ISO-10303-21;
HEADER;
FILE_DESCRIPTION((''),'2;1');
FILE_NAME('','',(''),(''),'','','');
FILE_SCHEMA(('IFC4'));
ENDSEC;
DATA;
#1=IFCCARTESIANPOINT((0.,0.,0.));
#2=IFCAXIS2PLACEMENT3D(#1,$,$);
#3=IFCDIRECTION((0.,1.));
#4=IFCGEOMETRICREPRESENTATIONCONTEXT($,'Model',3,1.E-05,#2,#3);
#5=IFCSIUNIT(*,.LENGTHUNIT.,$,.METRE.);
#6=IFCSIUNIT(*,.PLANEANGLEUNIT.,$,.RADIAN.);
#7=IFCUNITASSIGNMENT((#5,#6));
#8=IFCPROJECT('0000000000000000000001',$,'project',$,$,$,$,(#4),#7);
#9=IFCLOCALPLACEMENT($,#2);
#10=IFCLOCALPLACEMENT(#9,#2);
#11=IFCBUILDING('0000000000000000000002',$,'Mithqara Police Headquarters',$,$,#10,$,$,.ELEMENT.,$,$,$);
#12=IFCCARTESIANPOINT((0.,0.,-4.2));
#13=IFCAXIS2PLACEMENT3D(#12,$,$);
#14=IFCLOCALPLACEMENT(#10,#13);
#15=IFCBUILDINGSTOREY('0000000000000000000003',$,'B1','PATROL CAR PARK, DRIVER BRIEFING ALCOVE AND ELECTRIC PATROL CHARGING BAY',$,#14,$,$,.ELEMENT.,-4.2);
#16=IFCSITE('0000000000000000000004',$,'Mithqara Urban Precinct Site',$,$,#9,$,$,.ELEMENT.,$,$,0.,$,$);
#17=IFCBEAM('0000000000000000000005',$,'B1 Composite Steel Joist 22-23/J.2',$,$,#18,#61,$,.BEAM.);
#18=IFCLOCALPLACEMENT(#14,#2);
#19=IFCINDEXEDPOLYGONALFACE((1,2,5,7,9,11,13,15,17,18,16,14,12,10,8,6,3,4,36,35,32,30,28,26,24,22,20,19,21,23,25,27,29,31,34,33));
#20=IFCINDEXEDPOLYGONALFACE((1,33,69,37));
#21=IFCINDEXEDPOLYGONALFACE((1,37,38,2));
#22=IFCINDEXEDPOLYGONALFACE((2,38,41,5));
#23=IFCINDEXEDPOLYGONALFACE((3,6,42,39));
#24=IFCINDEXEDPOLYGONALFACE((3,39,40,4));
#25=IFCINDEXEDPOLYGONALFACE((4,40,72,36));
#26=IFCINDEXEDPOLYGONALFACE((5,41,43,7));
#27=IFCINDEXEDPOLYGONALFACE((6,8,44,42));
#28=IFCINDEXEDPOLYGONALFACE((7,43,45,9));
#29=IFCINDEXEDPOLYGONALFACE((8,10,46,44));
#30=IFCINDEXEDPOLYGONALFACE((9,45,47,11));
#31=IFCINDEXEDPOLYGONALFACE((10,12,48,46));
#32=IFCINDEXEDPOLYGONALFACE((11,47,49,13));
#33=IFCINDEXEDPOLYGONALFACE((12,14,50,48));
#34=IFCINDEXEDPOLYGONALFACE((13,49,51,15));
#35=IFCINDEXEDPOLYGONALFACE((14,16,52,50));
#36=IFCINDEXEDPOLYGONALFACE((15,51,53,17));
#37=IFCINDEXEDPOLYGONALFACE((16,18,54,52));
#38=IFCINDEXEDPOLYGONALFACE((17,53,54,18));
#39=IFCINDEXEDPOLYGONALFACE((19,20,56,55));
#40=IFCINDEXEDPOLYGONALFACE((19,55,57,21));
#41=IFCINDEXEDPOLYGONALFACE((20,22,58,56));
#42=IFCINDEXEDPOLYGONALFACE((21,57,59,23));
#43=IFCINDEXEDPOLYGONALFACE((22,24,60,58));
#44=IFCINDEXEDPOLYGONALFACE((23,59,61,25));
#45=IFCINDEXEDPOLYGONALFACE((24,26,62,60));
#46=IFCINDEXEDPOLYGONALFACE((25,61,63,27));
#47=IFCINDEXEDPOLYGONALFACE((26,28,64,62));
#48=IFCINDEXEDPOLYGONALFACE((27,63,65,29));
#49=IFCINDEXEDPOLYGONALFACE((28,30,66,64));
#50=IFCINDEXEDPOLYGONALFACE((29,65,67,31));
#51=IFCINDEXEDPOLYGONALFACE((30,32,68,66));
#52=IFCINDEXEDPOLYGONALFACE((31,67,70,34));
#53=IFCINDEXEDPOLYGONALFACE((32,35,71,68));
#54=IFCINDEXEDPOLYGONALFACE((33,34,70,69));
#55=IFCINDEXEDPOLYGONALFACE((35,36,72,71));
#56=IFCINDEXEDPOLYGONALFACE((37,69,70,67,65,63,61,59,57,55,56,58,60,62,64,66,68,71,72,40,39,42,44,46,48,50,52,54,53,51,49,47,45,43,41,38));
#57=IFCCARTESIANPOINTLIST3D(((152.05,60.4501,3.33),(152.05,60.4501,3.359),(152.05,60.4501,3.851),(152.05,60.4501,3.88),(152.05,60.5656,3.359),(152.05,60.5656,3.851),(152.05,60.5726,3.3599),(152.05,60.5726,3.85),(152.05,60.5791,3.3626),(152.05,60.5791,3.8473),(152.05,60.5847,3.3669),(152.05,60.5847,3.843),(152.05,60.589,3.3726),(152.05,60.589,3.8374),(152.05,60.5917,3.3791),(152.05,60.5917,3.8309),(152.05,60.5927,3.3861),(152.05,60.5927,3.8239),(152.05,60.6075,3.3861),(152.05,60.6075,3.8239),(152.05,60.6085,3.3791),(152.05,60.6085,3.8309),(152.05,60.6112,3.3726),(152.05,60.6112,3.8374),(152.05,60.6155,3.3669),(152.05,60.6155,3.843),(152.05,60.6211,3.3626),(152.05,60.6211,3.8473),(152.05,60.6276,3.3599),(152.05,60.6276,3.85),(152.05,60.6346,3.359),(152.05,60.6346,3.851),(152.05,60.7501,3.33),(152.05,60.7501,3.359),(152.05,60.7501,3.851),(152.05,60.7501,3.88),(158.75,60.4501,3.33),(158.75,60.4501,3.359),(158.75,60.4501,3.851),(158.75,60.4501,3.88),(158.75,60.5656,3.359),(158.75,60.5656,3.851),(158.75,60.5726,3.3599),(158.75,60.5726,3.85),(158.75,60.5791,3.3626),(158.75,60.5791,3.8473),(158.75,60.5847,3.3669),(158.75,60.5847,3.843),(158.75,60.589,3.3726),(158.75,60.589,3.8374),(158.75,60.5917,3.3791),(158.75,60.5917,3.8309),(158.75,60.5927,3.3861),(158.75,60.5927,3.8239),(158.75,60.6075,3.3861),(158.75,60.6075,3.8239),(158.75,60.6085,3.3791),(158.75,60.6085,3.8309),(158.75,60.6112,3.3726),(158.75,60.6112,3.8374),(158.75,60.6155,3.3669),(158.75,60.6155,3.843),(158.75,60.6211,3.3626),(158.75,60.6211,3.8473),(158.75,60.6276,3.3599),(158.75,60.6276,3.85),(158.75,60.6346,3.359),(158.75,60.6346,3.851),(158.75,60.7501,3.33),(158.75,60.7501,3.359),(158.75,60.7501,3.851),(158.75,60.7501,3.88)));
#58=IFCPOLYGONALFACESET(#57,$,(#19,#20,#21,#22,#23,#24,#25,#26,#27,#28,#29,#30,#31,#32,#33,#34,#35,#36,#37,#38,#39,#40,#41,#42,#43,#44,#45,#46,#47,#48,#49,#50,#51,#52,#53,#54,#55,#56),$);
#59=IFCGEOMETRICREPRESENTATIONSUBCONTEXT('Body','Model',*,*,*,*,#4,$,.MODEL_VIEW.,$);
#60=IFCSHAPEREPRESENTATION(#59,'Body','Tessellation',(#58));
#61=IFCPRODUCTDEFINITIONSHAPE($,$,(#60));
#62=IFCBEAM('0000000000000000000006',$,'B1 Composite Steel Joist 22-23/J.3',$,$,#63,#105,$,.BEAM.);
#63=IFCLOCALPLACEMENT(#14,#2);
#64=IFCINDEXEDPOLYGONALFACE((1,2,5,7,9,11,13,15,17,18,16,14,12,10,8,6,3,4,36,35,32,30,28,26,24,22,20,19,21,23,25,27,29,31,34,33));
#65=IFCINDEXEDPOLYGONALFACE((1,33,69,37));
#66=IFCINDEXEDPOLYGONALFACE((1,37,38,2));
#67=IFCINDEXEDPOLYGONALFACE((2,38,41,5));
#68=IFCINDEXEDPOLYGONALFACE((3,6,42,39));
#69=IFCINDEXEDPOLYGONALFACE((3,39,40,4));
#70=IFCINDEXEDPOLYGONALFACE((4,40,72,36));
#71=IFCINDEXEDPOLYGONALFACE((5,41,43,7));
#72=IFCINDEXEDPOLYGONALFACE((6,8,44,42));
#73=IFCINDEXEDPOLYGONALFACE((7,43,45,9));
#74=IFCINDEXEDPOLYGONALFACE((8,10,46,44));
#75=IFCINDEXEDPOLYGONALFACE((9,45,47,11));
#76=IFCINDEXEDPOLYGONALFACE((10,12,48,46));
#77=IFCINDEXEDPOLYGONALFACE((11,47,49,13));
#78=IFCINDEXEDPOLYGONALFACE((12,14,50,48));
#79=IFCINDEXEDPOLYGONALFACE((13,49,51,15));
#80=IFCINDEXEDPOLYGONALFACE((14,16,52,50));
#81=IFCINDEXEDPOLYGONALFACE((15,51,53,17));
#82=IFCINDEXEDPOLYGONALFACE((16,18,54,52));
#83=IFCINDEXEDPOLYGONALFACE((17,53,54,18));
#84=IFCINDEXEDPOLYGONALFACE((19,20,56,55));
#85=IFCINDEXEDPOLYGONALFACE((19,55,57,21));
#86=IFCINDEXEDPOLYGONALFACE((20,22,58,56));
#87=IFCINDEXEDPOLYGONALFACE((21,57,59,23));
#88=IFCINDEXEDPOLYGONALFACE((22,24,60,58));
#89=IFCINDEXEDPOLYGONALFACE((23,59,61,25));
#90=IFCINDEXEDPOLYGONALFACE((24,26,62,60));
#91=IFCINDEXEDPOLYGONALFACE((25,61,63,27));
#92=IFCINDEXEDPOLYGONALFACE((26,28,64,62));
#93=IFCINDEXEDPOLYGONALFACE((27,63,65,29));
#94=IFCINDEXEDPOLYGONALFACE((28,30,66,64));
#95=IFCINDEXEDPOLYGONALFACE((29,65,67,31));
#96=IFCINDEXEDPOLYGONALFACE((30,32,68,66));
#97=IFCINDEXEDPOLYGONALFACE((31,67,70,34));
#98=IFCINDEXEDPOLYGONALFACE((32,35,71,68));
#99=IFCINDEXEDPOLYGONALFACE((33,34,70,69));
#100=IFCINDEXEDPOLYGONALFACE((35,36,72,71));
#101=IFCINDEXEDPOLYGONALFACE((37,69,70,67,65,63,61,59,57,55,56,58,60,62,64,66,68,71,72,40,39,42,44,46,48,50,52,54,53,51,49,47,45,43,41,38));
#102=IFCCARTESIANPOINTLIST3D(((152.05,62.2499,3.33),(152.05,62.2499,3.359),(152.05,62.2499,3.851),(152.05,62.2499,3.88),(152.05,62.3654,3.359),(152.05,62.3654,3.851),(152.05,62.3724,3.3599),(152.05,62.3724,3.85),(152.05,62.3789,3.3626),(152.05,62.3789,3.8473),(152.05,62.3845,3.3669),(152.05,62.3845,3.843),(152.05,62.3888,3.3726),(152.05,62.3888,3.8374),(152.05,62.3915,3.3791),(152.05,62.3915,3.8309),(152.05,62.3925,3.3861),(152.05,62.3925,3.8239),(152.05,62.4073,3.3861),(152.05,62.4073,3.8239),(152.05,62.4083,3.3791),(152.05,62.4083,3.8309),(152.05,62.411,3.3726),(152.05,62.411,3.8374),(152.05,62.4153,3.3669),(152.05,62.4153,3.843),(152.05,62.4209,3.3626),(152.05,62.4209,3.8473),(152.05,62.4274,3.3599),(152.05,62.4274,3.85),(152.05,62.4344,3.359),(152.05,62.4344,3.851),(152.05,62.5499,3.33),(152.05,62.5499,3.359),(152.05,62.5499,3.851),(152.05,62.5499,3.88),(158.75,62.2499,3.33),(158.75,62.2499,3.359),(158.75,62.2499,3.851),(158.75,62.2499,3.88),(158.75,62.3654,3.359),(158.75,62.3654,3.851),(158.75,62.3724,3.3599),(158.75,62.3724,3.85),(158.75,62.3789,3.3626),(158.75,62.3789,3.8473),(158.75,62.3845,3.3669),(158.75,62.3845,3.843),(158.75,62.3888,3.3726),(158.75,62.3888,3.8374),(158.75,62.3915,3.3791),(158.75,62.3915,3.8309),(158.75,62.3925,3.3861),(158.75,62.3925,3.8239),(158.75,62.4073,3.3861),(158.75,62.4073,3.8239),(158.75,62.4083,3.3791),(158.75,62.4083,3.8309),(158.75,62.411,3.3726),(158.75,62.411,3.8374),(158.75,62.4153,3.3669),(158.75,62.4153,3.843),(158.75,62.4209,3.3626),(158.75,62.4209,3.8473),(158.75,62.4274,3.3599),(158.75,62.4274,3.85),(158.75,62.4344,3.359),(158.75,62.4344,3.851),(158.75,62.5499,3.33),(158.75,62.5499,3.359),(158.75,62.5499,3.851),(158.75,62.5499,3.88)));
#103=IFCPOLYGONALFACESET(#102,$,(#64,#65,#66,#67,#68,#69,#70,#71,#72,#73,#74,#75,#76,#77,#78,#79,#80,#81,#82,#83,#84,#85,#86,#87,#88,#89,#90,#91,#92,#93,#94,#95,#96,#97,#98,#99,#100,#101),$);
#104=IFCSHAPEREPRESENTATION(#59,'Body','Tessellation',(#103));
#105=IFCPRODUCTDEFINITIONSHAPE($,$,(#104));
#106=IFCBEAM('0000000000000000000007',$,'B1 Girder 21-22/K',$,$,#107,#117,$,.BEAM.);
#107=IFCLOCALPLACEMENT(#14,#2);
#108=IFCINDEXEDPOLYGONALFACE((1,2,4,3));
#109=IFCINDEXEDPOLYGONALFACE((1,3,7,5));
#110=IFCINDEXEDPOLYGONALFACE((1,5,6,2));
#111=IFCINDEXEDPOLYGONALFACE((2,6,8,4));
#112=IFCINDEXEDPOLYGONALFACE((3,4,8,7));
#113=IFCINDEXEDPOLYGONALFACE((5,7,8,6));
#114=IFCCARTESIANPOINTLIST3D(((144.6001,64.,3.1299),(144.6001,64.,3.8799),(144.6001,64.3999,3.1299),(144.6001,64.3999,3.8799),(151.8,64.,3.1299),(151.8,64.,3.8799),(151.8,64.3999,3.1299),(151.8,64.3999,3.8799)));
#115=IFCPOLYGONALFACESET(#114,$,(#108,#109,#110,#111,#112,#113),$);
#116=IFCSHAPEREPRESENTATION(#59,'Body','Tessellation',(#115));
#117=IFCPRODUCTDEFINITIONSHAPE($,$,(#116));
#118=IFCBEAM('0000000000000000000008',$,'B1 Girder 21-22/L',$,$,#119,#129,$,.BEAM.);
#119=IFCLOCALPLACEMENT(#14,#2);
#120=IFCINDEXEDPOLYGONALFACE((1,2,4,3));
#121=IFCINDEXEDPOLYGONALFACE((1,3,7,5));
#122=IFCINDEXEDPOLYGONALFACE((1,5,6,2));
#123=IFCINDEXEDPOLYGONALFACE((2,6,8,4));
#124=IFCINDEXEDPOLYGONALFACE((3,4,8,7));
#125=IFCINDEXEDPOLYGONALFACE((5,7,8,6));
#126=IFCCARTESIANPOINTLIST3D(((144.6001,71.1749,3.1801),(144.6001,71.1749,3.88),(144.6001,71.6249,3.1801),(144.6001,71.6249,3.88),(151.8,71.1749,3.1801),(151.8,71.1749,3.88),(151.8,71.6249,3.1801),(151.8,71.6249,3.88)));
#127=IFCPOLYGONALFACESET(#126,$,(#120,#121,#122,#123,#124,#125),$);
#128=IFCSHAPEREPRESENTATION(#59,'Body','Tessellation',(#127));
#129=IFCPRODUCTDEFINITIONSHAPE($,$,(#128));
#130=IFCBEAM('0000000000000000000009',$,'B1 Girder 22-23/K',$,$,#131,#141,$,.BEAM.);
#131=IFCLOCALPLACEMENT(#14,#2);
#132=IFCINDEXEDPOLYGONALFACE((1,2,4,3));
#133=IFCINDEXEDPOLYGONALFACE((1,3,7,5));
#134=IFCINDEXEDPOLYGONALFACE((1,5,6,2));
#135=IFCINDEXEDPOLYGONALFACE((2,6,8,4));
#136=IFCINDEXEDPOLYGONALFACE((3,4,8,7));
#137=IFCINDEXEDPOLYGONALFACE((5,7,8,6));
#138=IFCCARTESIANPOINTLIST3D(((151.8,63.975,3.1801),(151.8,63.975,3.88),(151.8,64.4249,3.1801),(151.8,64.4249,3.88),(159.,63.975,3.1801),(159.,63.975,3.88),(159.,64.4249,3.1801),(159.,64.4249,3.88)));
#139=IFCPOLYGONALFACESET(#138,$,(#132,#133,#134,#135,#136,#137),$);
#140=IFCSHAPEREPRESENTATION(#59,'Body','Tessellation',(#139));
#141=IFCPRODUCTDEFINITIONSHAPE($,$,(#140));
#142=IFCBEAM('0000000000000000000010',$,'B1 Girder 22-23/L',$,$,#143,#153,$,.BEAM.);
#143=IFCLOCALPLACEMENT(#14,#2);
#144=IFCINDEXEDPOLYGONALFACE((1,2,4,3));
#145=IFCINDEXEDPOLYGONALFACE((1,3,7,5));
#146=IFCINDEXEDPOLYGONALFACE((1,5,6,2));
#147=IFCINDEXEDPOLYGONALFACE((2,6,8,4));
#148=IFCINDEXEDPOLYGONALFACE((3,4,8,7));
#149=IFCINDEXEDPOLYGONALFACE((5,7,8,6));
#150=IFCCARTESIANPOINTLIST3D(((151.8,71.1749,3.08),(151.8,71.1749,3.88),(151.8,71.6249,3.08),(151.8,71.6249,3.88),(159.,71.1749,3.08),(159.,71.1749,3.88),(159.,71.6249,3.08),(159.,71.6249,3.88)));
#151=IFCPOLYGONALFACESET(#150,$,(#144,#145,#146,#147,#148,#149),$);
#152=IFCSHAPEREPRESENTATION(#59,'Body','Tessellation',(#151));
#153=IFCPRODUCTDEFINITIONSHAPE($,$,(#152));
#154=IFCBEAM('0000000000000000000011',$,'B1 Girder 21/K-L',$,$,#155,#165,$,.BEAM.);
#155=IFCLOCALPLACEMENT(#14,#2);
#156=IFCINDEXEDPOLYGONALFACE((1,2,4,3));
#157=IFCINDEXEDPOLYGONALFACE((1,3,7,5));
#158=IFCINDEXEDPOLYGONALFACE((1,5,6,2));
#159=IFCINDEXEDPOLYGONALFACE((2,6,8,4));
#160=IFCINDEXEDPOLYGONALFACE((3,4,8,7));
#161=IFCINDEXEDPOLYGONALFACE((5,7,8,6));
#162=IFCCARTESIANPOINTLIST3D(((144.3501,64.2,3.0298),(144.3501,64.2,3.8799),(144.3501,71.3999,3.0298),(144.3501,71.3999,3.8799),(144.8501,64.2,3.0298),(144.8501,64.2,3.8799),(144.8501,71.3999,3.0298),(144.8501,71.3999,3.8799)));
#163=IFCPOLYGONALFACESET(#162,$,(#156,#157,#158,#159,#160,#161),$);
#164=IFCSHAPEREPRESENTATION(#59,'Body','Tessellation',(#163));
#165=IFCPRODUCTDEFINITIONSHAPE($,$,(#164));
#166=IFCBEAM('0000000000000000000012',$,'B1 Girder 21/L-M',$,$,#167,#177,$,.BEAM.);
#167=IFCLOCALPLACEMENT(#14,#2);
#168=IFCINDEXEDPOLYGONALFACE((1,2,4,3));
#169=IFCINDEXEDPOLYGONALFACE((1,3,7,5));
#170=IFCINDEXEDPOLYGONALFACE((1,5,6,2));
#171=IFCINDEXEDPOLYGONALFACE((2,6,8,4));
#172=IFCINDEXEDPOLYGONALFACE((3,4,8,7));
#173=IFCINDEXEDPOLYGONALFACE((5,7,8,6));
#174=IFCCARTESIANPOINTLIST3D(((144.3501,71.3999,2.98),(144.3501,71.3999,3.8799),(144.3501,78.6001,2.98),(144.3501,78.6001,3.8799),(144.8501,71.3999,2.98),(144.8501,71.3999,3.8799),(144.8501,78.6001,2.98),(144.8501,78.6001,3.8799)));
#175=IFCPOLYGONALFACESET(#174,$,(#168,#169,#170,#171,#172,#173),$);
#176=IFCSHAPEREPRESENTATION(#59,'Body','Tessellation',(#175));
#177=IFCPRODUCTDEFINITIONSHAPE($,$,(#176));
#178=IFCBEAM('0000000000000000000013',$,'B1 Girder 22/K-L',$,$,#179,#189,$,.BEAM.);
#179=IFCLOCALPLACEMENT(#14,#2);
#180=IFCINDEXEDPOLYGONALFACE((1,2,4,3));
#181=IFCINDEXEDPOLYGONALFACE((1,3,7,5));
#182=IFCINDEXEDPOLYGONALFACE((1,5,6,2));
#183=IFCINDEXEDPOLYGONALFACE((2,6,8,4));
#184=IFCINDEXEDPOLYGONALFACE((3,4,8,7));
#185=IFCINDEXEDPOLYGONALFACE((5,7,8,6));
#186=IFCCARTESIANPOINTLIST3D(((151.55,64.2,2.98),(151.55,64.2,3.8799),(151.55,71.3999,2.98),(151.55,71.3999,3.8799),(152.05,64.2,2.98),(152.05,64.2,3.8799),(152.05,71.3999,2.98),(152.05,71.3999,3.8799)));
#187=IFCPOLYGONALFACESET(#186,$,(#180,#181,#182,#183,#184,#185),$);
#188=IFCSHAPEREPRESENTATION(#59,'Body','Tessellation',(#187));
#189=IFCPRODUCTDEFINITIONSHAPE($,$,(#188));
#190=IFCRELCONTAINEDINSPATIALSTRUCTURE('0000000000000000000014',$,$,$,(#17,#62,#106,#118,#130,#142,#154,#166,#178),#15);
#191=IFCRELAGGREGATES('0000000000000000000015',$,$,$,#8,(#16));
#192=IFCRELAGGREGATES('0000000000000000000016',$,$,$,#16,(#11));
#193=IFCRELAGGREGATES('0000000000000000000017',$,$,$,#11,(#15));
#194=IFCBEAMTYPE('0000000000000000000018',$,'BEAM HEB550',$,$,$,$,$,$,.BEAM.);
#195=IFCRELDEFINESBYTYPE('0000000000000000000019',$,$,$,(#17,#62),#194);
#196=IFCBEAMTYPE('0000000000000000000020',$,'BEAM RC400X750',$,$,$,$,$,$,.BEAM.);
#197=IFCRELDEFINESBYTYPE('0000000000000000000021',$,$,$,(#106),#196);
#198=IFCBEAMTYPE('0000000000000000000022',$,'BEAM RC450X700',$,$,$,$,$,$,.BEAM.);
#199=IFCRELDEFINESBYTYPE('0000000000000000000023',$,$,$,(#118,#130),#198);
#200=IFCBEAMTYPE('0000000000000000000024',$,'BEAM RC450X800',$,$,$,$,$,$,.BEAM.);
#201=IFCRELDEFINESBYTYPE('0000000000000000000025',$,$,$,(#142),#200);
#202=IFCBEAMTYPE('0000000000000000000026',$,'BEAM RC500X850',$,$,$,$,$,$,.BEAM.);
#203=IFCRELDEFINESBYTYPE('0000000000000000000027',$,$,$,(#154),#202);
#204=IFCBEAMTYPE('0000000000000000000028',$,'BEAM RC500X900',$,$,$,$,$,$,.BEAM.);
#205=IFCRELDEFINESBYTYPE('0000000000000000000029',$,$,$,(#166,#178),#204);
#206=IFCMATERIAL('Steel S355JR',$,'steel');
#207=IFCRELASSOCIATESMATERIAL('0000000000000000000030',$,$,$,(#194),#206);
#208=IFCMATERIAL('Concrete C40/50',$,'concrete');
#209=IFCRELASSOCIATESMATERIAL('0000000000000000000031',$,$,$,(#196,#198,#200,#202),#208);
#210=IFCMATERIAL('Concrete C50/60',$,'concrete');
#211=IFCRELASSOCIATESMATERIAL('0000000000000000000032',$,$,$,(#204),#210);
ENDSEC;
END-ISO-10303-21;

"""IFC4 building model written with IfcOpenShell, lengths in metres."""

from ifc_helpers import new_model, si_unit, direction, frame, origin, origin_2d, place, context, subcontext, project, spatial, rectangle, i_section, extrude, material, material_profile, profile_set, type_object, element, save


model = new_model("IFC4")

# Units and contexts
model_context = context("Model", 3, precision=1e-05, world=origin(), true_north=direction((0.0, 1.0)))
body_context = subcontext(model_context, "Body", "Model", "MODEL_VIEW")
ifc_project = project(units=[si_unit("LENGTHUNIT", "METRE"), si_unit("PLANEANGLEUNIT", "RADIAN")], contexts=[model_context])

# Site, building, storey
site_placement = place(None, origin())
site = spatial("IfcSite", under=ifc_project, at=site_placement, Name="Mithqara Urban Precinct Site", CompositionType="ELEMENT", RefElevation=0.0)
building_placement = place(site_placement, origin())
building = spatial("IfcBuilding", under=site, at=building_placement, Name="Mithqara Police Headquarters", CompositionType="ELEMENT")
storey_placement = place(building_placement, frame((0.0, 0.0, -4.2)))
storey = spatial("IfcBuildingStorey", under=building, at=storey_placement, Name="B1", Description="PATROL CAR PARK, DRIVER BRIEFING ALCOVE AND ELECTRIC PATROL CHARGING BAY", CompositionType="ELEMENT", Elevation=-4.2)

# Shared definitions
ifc_material_1 = material(Name="Concrete C50/60", Category="concrete")

# Beams
ifc_material_2 = material(Name="Steel S355JR", Category="steel")
ifc_material_profile_1 = material_profile(ifc_material_2, i_section(OverallWidth=0.3, OverallDepth=0.55, WebThickness=0.0149, FlangeThickness=0.0291, FilletRadius=0.0271, at=origin_2d()), Name="HEB 550")
ifc_profile_set_1 = profile_set([ifc_material_profile_1], Name="Steel S355JR")
beam_type_1 = type_object("IfcBeamType", Name="BEAM HEB550", PredefinedType="BEAM", material=ifc_profile_set_1)
for number, where, z_axis, x_axis, name in (
    (1, (152.05, 60.6001, 3.605), (1.0, 0.0, 0.0), (0.0, 1.0, 0.0), "B1 Composite Steel Joist 22-23/J.2"),
    (2, (152.05, 62.3999, 3.605), (1.0, 0.0, 0.0), (0.0, 1.0, 0.0), "B1 Composite Steel Joist 22-23/J.3"),
):
    element("IfcBeam", number, at=place(storey_placement, frame(where, z_axis=z_axis, x_axis=x_axis)), inside=storey, type_object=beam_type_1, Name=name, PredefinedType="BEAM", context=body_context, shape_type="SweptSolid", body=[
        extrude(i_section(OverallWidth=0.3, OverallDepth=0.55, WebThickness=0.0149, FlangeThickness=0.0291, FilletRadius=0.0271, at=origin_2d()), origin(), (0.0, 0.0, 1.0), 6.7),
    ])
ifc_material_3 = material(Name="Concrete C40/50", Category="concrete")
ifc_material_profile_2 = material_profile(ifc_material_3, rectangle(XDim=0.3999, YDim=0.75, at=origin_2d()), Name="RC 400x750")
ifc_profile_set_2 = profile_set([ifc_material_profile_2], Name="Concrete C40/50")
beam_type_2 = type_object("IfcBeamType", Name="BEAM RC400X750", PredefinedType="BEAM", material=ifc_profile_set_2)
beam_1_placement = place(storey_placement, frame((144.6001, 64.2, 3.5049), z_axis=(1.0, 0.0, 0.0), x_axis=(0.0, 1.0, 0.0)))
element("IfcBeam", 3, at=beam_1_placement, inside=storey, type_object=beam_type_2, Name="B1 Girder 21-22/K", PredefinedType="BEAM", context=body_context, shape_type="SweptSolid", body=[
    extrude(rectangle(XDim=0.3999, YDim=0.75, at=origin_2d()), origin(), (0.0, 0.0, 1.0), 7.2),
])
ifc_material_profile_3 = material_profile(ifc_material_3, rectangle(XDim=0.45, YDim=0.7, at=origin_2d()), Name="RC 450x700")
ifc_profile_set_3 = profile_set([ifc_material_profile_3], Name="Concrete C40/50")
beam_type_3 = type_object("IfcBeamType", Name="BEAM RC450X700", PredefinedType="BEAM", material=ifc_profile_set_3)
for number, where, z_axis, x_axis, name in (
    (4, (144.6001, 71.3999, 3.53), (1.0, 0.0, 0.0), (0.0, 1.0, 0.0), "B1 Girder 21-22/L"),
    (5, (151.8, 64.2, 3.53), (1.0, 0.0, 0.0), (0.0, 1.0, 0.0), "B1 Girder 22-23/K"),
):
    element("IfcBeam", number, at=place(storey_placement, frame(where, z_axis=z_axis, x_axis=x_axis)), inside=storey, type_object=beam_type_3, Name=name, PredefinedType="BEAM", context=body_context, shape_type="SweptSolid", body=[
        extrude(rectangle(XDim=0.45, YDim=0.7, at=origin_2d()), origin(), (0.0, 0.0, 1.0), 7.2),
    ])
ifc_material_profile_4 = material_profile(ifc_material_3, rectangle(XDim=0.45, YDim=0.8, at=origin_2d()), Name="RC 450x800")
ifc_profile_set_4 = profile_set([ifc_material_profile_4], Name="Concrete C40/50")
beam_type_4 = type_object("IfcBeamType", Name="BEAM RC450X800", PredefinedType="BEAM", material=ifc_profile_set_4)
beam_2_placement = place(storey_placement, frame((151.8, 71.3999, 3.48), z_axis=(1.0, 0.0, 0.0), x_axis=(0.0, 1.0, 0.0)))
element("IfcBeam", 6, at=beam_2_placement, inside=storey, type_object=beam_type_4, Name="B1 Girder 22-23/L", PredefinedType="BEAM", context=body_context, shape_type="SweptSolid", body=[
    extrude(rectangle(XDim=0.45, YDim=0.8, at=origin_2d()), origin(), (0.0, 0.0, 1.0), 7.2),
])
ifc_material_profile_5 = material_profile(ifc_material_3, rectangle(XDim=0.5, YDim=0.8501, at=origin_2d()), Name="RC 500x850")
ifc_profile_set_5 = profile_set([ifc_material_profile_5], Name="Concrete C40/50")
beam_type_5 = type_object("IfcBeamType", Name="BEAM RC500X850", PredefinedType="BEAM", material=ifc_profile_set_5)
beam_3_placement = place(storey_placement, frame((144.6001, 64.2, 3.4548), z_axis=(0.0, 1.0, 0.0), x_axis=(-1.0, 0.0, 0.0)))
element("IfcBeam", 7, at=beam_3_placement, inside=storey, type_object=beam_type_5, Name="B1 Girder 21/K-L", PredefinedType="BEAM", context=body_context, shape_type="SweptSolid", body=[
    extrude(rectangle(XDim=0.5, YDim=0.8501, at=origin_2d()), origin(), (0.0, 0.0, 1.0), 7.2),
])
ifc_material_profile_6 = material_profile(ifc_material_1, rectangle(XDim=0.5, YDim=0.8999, at=origin_2d()), Name="RC 500x900")
ifc_profile_set_6 = profile_set([ifc_material_profile_6], Name="Concrete C50/60")
beam_type_6 = type_object("IfcBeamType", Name="BEAM RC500X900", PredefinedType="BEAM", material=ifc_profile_set_6)
beam_4_placement = place(storey_placement, frame((144.6001, 71.3999, 3.4299), z_axis=(0.0, 1.0, 0.0), x_axis=(-1.0, 0.0, 0.0)))
element("IfcBeam", 8, at=beam_4_placement, inside=storey, type_object=beam_type_6, Name="B1 Girder 21/L-M", PredefinedType="BEAM", context=body_context, shape_type="SweptSolid", body=[
    extrude(rectangle(XDim=0.5, YDim=0.8999, at=origin_2d()), origin(), (0.0, 0.0, 1.0), 7.2002),
])
beam_5_placement = place(storey_placement, frame((151.8, 64.2, 3.4299), z_axis=(0.0, 1.0, 0.0), x_axis=(-1.0, 0.0, 0.0)))
element("IfcBeam", 9, at=beam_5_placement, inside=storey, type_object=beam_type_6, Name="B1 Girder 22/K-L", PredefinedType="BEAM", context=body_context, shape_type="SweptSolid", body=[
    extrude(rectangle(XDim=0.5, YDim=0.8999, at=origin_2d()), origin(), (0.0, 0.0, 1.0), 7.2),
])

save(model, "model.ifc")
